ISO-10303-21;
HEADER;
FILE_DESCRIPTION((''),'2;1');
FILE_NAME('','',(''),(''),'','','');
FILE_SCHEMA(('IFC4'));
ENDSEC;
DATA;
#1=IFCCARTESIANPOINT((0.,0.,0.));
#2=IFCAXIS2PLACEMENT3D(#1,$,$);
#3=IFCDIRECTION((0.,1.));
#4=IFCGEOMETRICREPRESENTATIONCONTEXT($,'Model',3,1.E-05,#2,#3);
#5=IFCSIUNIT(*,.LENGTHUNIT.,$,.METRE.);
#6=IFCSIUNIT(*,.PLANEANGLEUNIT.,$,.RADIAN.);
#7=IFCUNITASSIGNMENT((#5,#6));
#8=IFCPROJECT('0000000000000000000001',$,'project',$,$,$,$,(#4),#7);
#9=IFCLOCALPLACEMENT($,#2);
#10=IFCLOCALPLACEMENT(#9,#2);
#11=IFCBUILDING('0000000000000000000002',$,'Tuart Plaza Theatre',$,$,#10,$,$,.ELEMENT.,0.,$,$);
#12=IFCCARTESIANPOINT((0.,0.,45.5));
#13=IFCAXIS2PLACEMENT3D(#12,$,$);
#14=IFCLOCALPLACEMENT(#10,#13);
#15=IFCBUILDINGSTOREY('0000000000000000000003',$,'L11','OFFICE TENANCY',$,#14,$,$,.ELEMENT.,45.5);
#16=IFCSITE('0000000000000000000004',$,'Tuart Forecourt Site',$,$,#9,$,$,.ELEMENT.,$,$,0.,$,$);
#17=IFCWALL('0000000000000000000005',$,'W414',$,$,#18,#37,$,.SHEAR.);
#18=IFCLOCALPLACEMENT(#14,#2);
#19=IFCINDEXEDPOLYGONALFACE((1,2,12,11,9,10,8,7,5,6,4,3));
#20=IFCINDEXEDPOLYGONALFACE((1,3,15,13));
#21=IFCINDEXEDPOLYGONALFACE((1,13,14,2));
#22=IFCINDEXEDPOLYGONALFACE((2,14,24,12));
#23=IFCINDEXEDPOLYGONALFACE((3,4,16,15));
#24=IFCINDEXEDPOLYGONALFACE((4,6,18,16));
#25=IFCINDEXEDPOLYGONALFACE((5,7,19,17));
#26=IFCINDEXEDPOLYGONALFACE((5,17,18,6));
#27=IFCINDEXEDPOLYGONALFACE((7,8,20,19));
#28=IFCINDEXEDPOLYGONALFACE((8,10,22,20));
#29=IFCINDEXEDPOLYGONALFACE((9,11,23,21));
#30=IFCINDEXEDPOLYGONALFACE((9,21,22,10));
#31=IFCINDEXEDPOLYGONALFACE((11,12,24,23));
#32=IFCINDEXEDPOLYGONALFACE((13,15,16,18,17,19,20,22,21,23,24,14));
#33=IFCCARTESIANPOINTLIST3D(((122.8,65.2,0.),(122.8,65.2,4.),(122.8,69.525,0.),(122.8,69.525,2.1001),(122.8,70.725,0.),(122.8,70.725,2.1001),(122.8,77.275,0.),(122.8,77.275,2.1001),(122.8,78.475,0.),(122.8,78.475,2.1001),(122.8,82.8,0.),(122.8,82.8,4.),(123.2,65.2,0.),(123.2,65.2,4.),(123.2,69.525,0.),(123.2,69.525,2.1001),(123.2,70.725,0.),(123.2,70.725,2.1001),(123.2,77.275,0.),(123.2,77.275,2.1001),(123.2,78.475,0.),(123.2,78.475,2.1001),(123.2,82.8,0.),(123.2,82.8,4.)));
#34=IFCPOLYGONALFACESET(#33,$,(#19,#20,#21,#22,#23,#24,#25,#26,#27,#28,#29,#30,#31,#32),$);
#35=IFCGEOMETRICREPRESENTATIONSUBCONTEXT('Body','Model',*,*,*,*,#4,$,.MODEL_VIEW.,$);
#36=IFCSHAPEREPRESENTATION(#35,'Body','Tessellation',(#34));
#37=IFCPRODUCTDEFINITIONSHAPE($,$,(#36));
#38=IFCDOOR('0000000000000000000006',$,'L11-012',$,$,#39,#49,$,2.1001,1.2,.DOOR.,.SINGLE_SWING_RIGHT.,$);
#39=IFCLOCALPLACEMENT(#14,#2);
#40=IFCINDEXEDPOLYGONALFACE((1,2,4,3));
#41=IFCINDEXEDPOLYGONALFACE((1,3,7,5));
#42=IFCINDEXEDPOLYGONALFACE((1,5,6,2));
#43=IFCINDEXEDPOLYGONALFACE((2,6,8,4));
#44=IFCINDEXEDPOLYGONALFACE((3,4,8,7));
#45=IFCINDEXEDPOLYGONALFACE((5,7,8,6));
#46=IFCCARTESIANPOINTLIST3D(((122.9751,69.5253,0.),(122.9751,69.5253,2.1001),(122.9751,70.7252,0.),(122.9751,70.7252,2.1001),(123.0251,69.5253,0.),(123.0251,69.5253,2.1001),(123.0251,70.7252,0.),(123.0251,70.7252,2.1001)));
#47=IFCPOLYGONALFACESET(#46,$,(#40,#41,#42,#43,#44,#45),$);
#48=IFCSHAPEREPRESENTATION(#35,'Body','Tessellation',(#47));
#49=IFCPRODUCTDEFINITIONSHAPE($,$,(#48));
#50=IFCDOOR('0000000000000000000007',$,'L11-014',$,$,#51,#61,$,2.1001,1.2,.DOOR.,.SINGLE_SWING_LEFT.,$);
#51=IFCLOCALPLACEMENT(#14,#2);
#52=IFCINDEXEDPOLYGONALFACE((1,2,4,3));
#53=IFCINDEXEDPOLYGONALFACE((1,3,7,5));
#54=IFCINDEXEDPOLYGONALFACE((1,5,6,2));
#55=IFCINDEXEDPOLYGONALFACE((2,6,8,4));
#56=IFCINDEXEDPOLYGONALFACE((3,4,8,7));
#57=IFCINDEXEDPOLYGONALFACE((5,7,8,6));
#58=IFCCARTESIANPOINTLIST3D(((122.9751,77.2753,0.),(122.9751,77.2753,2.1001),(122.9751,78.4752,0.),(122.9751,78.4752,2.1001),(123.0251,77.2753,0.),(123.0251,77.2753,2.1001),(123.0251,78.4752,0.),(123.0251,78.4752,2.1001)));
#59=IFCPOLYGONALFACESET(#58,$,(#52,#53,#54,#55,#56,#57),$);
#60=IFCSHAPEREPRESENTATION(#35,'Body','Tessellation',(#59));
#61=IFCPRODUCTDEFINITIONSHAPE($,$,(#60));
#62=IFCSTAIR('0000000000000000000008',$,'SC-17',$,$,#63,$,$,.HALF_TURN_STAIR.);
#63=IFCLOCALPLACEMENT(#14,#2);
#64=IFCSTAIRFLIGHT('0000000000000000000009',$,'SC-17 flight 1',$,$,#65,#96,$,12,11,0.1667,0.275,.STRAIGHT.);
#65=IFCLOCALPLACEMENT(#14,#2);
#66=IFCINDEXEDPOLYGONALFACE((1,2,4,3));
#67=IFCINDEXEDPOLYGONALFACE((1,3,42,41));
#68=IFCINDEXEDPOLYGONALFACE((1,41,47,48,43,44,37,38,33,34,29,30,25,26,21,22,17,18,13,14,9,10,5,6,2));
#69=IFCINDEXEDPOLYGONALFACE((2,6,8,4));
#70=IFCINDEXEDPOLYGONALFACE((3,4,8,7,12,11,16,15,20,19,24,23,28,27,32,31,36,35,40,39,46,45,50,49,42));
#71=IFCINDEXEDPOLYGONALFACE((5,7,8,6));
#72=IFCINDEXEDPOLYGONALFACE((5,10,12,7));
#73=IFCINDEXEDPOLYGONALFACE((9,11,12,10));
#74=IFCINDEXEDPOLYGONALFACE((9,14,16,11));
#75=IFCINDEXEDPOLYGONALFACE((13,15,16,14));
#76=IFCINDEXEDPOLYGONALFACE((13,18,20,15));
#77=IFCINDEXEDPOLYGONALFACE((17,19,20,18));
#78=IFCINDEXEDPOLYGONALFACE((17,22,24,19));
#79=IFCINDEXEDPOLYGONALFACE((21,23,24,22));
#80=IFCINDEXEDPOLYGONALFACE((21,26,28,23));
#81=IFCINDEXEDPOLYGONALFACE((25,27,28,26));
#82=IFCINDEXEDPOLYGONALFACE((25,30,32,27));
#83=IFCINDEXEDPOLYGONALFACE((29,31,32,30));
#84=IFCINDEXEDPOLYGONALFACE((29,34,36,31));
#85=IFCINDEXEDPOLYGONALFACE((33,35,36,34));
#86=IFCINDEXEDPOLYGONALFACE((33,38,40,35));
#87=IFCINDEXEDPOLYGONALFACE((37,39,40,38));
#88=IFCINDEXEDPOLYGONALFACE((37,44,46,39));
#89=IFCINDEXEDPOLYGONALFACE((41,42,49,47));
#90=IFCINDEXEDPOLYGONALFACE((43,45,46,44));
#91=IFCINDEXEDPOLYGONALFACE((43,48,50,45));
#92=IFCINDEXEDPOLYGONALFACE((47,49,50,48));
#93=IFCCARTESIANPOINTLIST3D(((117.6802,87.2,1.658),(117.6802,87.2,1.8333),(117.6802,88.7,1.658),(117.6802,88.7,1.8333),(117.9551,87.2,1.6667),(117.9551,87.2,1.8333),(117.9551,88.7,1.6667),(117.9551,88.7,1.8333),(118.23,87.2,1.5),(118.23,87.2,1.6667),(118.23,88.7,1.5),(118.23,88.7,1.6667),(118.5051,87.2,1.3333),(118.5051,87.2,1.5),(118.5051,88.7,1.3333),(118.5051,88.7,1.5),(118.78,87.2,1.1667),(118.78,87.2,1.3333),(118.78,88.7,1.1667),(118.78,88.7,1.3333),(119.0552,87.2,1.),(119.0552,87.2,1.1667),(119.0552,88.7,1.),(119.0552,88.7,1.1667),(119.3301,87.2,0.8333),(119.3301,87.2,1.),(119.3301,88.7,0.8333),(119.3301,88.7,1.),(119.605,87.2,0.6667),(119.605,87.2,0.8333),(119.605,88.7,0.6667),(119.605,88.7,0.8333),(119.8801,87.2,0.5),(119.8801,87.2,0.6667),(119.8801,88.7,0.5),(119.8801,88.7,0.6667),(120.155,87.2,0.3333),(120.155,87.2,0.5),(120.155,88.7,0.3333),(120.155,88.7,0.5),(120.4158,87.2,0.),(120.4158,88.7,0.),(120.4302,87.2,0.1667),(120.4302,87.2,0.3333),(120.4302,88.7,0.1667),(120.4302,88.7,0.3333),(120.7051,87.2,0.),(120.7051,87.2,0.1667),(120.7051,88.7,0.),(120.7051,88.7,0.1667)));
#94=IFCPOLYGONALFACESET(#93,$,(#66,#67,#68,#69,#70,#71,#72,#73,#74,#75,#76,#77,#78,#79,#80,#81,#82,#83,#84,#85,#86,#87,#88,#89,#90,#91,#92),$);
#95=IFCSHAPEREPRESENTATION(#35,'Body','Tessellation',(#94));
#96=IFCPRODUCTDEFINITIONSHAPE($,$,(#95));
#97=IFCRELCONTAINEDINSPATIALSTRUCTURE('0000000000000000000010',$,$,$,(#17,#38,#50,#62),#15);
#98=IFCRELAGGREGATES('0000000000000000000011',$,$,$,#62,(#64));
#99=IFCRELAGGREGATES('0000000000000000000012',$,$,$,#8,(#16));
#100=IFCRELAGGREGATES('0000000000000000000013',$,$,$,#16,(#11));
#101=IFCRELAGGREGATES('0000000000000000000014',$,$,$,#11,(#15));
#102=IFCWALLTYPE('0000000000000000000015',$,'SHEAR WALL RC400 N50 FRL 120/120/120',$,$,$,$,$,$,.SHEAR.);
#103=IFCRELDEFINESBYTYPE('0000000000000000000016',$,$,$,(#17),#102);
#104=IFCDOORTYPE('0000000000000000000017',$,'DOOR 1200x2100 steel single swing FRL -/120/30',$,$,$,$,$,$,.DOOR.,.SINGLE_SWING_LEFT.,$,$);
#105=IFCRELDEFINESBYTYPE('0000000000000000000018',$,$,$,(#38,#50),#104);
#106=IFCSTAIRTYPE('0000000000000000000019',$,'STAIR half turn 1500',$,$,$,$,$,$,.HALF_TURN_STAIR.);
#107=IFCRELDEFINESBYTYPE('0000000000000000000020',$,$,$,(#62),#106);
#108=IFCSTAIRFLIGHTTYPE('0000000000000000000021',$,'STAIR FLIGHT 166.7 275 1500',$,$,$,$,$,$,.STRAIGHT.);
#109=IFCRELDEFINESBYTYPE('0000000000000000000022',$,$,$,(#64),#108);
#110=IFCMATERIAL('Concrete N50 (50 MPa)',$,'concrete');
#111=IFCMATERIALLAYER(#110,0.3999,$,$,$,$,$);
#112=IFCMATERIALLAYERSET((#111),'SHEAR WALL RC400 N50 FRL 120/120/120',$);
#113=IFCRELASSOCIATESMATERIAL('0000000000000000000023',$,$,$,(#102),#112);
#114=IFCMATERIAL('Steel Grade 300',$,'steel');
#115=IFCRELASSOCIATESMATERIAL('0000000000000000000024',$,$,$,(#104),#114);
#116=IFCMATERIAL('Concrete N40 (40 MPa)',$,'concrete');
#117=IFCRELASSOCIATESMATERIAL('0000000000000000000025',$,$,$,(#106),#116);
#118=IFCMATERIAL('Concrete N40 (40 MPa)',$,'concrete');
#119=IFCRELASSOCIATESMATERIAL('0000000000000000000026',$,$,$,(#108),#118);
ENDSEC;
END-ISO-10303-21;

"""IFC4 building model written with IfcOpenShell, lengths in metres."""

from ifc_helpers import new_model, si_unit, direction, frame, frame_2d, origin, place, context, subcontext, project, spatial, polyline, rectangle, outline, extrude, material, layer, layer_set, type_object, element, fill, aggregate, save


model = new_model("IFC4")

# Units and contexts
model_context = context("Model", 3, precision=1e-05, world=origin(), true_north=direction((0.0, 1.0)))
body_context = subcontext(model_context, "Body", "Model", "MODEL_VIEW")
ifc_project = project(units=[si_unit("LENGTHUNIT", "METRE"), si_unit("PLANEANGLEUNIT", "RADIAN")], contexts=[model_context])

# Site, building, storey
site_placement = place(None, origin())
site = spatial("IfcSite", under=ifc_project, at=site_placement, Name="Tuart Forecourt Site", CompositionType="ELEMENT", RefElevation=0.0)
building_placement = place(site_placement, origin())
building = spatial("IfcBuilding", under=site, at=building_placement, Name="Tuart Plaza Theatre", CompositionType="ELEMENT", ElevationOfRefHeight=0.0)
storey_placement = place(building_placement, frame((0.0, 0.0, 45.5)))
storey = spatial("IfcBuildingStorey", under=building, at=storey_placement, Name="L11", Description="OFFICE TENANCY", CompositionType="ELEMENT", Elevation=45.5)

# Wall, openings, doors
ifc_material_1 = material(Name="Concrete N50 (50 MPa)", Category="concrete")
ifc_layer_1 = layer(ifc_material_1, 0.3999)
ifc_layer_set_1 = layer_set([ifc_layer_1], Name="SHEAR WALL RC400 N50 FRL 120/120/120")
wall_type_1 = type_object("IfcWallType", Name="SHEAR WALL RC400 N50 FRL 120/120/120", PredefinedType="SHEAR", material=ifc_layer_set_1)
wall_1_placement = place(storey_placement, frame((123.0, 82.8, 0.0), z_axis=(0.0, 0.0, 1.0), x_axis=(0.0, -1.0, 0.0)))
wall_1 = element("IfcWall", 1, at=wall_1_placement, inside=storey, type_object=wall_type_1, Name="W414", PredefinedType="SHEAR", context=body_context, shape_type="SweptSolid", body=[
    extrude(rectangle(XDim=17.6001, YDim=0.3999, at=frame_2d((8.8, 0.0))), origin(), (0.0, 0.0, 1.0), 4.0),
])
opening_1_placement = place(wall_1_placement, frame((12.075, 0.0, 0.0)))
opening_1 = element("IfcOpeningElement", 2, at=opening_1_placement, cuts=wall_1, PredefinedType="OPENING", context=body_context, shape_type="SweptSolid", body=[
    extrude(rectangle(XDim=1.2, YDim=2.1001, at=frame_2d((0.6001, 1.05))), frame((0.0, 0.21, 0.0), z_axis=(0.0, -1.0, 0.0), x_axis=(1.0, 0.0, 0.0)), (0.0, 0.0, 1.0), 0.4199),
])
opening_2_placement = place(wall_1_placement, frame((4.325, 0.0, 0.0)))
opening_2 = element("IfcOpeningElement", 3, at=opening_2_placement, cuts=wall_1, PredefinedType="OPENING", context=body_context, shape_type="SweptSolid", body=[
    extrude(rectangle(XDim=1.2, YDim=2.1001, at=frame_2d((0.6001, 1.05))), frame((0.0, 0.21, 0.0), z_axis=(0.0, -1.0, 0.0), x_axis=(1.0, 0.0, 0.0)), (0.0, 0.0, 1.0), 0.4199),
])
ifc_material_2 = material(Name="Steel Grade 300", Category="steel")
door_type_1 = type_object("IfcDoorType", Name="DOOR 1200x2100 steel single swing FRL -/120/30", OperationType="SINGLE_SWING_LEFT", PredefinedType="DOOR", material=ifc_material_2)
door_1_placement = place(opening_1_placement, frame((1.2, 0.0, 0.0), z_axis=(0.0, 0.0, 1.0), x_axis=(-1.0, 0.0, 0.0)))
door_1 = element("IfcDoor", 4, at=door_1_placement, inside=storey, type_object=door_type_1, Name="L11-012", OperationType="SINGLE_SWING_RIGHT", OverallHeight=2.1001, OverallWidth=1.2, PredefinedType="DOOR", context=body_context, shape_type="SweptSolid", body=[
    extrude(rectangle(XDim=1.2, YDim=2.1001, at=frame_2d((0.6001, 1.05))), frame((0.0, 0.0249, 0.0), z_axis=(0.0, -1.0, 0.0), x_axis=(1.0, 0.0, 0.0)), (0.0, 0.0, 1.0), 0.05),
])
fill(opening_1, door_1)
door_2_placement = place(opening_2_placement, frame((1.2, 0.0, 0.0), z_axis=(0.0, 0.0, 1.0), x_axis=(-1.0, 0.0, 0.0)))
door_2 = element("IfcDoor", 5, at=door_2_placement, inside=storey, type_object=door_type_1, Name="L11-014", OperationType="SINGLE_SWING_LEFT", OverallHeight=2.1001, OverallWidth=1.2, PredefinedType="DOOR", context=body_context, shape_type="SweptSolid", body=[
    extrude(rectangle(XDim=1.2, YDim=2.1001, at=frame_2d((0.6001, 1.05))), frame((0.0, 0.0249, 0.0), z_axis=(0.0, -1.0, 0.0), x_axis=(1.0, 0.0, 0.0)), (0.0, 0.0, 1.0), 0.05),
])
fill(opening_2, door_2)

# Stair, stair flight
ifc_material_3 = material(Name="Concrete N40 (40 MPa)", Category="concrete")
stair_type = type_object("IfcStairType", Name="STAIR half turn 1500", PredefinedType="HALF_TURN_STAIR", material=ifc_material_3)
stair_placement = place(storey_placement, origin())
stair = element("IfcStair", 6, at=stair_placement, inside=storey, type_object=stair_type, Name="SC-17", PredefinedType="HALF_TURN_STAIR")
ifc_material_4 = material(Name="Concrete N40 (40 MPa)", Category="concrete")
stair_flight_type = type_object("IfcStairFlightType", Name="STAIR FLIGHT 166.7 275 1500", PredefinedType="STRAIGHT", material=ifc_material_4)
stair_flight_placement = place(storey_placement, frame((120.7051, 87.95, 0.0), z_axis=(0.0, 0.0, 1.0), x_axis=(-1.0, 0.0, 0.0)))
stair_flight = element("IfcStairFlight", 7, at=stair_flight_placement, type_object=stair_flight_type, Name="SC-17 flight 1", NumberOfRisers=12, NumberOfTreads=11, PredefinedType="STRAIGHT", RiserHeight=0.1667, TreadLength=0.275, context=body_context, shape_type="SweptSolid", body=[
    extrude(outline(polyline([(0.0, 0.0), (0.0, 0.1667), (0.2749, 0.1667), (0.2749, 0.3333), (0.55, 0.3333), (0.55, 0.5), (0.825, 0.5), (0.825, 0.6667), (1.1001, 0.6667), (1.1001, 0.8333), (1.375, 0.8333), (1.375, 1.0), (1.6499, 1.0), (1.6499, 1.1667), (1.925, 1.1667), (1.925, 1.3333), (2.2, 1.3333), (2.2, 1.5), (2.4751, 1.5), (2.4751, 1.6667), (2.75, 1.6667), (2.75, 1.8333), (3.0249, 1.8333), (3.0249, 2.0), (3.0249, 1.658), (0.2893, 0.0), (0.0, 0.0)])), frame((0.0, 0.75, 0.0), z_axis=(0.0, -1.0, 0.0), x_axis=(1.0, 0.0, 0.0)), (0.0, 0.0, 1.0), 1.5),
])
aggregate(stair, [stair_flight])

save(model, "model.ifc")
